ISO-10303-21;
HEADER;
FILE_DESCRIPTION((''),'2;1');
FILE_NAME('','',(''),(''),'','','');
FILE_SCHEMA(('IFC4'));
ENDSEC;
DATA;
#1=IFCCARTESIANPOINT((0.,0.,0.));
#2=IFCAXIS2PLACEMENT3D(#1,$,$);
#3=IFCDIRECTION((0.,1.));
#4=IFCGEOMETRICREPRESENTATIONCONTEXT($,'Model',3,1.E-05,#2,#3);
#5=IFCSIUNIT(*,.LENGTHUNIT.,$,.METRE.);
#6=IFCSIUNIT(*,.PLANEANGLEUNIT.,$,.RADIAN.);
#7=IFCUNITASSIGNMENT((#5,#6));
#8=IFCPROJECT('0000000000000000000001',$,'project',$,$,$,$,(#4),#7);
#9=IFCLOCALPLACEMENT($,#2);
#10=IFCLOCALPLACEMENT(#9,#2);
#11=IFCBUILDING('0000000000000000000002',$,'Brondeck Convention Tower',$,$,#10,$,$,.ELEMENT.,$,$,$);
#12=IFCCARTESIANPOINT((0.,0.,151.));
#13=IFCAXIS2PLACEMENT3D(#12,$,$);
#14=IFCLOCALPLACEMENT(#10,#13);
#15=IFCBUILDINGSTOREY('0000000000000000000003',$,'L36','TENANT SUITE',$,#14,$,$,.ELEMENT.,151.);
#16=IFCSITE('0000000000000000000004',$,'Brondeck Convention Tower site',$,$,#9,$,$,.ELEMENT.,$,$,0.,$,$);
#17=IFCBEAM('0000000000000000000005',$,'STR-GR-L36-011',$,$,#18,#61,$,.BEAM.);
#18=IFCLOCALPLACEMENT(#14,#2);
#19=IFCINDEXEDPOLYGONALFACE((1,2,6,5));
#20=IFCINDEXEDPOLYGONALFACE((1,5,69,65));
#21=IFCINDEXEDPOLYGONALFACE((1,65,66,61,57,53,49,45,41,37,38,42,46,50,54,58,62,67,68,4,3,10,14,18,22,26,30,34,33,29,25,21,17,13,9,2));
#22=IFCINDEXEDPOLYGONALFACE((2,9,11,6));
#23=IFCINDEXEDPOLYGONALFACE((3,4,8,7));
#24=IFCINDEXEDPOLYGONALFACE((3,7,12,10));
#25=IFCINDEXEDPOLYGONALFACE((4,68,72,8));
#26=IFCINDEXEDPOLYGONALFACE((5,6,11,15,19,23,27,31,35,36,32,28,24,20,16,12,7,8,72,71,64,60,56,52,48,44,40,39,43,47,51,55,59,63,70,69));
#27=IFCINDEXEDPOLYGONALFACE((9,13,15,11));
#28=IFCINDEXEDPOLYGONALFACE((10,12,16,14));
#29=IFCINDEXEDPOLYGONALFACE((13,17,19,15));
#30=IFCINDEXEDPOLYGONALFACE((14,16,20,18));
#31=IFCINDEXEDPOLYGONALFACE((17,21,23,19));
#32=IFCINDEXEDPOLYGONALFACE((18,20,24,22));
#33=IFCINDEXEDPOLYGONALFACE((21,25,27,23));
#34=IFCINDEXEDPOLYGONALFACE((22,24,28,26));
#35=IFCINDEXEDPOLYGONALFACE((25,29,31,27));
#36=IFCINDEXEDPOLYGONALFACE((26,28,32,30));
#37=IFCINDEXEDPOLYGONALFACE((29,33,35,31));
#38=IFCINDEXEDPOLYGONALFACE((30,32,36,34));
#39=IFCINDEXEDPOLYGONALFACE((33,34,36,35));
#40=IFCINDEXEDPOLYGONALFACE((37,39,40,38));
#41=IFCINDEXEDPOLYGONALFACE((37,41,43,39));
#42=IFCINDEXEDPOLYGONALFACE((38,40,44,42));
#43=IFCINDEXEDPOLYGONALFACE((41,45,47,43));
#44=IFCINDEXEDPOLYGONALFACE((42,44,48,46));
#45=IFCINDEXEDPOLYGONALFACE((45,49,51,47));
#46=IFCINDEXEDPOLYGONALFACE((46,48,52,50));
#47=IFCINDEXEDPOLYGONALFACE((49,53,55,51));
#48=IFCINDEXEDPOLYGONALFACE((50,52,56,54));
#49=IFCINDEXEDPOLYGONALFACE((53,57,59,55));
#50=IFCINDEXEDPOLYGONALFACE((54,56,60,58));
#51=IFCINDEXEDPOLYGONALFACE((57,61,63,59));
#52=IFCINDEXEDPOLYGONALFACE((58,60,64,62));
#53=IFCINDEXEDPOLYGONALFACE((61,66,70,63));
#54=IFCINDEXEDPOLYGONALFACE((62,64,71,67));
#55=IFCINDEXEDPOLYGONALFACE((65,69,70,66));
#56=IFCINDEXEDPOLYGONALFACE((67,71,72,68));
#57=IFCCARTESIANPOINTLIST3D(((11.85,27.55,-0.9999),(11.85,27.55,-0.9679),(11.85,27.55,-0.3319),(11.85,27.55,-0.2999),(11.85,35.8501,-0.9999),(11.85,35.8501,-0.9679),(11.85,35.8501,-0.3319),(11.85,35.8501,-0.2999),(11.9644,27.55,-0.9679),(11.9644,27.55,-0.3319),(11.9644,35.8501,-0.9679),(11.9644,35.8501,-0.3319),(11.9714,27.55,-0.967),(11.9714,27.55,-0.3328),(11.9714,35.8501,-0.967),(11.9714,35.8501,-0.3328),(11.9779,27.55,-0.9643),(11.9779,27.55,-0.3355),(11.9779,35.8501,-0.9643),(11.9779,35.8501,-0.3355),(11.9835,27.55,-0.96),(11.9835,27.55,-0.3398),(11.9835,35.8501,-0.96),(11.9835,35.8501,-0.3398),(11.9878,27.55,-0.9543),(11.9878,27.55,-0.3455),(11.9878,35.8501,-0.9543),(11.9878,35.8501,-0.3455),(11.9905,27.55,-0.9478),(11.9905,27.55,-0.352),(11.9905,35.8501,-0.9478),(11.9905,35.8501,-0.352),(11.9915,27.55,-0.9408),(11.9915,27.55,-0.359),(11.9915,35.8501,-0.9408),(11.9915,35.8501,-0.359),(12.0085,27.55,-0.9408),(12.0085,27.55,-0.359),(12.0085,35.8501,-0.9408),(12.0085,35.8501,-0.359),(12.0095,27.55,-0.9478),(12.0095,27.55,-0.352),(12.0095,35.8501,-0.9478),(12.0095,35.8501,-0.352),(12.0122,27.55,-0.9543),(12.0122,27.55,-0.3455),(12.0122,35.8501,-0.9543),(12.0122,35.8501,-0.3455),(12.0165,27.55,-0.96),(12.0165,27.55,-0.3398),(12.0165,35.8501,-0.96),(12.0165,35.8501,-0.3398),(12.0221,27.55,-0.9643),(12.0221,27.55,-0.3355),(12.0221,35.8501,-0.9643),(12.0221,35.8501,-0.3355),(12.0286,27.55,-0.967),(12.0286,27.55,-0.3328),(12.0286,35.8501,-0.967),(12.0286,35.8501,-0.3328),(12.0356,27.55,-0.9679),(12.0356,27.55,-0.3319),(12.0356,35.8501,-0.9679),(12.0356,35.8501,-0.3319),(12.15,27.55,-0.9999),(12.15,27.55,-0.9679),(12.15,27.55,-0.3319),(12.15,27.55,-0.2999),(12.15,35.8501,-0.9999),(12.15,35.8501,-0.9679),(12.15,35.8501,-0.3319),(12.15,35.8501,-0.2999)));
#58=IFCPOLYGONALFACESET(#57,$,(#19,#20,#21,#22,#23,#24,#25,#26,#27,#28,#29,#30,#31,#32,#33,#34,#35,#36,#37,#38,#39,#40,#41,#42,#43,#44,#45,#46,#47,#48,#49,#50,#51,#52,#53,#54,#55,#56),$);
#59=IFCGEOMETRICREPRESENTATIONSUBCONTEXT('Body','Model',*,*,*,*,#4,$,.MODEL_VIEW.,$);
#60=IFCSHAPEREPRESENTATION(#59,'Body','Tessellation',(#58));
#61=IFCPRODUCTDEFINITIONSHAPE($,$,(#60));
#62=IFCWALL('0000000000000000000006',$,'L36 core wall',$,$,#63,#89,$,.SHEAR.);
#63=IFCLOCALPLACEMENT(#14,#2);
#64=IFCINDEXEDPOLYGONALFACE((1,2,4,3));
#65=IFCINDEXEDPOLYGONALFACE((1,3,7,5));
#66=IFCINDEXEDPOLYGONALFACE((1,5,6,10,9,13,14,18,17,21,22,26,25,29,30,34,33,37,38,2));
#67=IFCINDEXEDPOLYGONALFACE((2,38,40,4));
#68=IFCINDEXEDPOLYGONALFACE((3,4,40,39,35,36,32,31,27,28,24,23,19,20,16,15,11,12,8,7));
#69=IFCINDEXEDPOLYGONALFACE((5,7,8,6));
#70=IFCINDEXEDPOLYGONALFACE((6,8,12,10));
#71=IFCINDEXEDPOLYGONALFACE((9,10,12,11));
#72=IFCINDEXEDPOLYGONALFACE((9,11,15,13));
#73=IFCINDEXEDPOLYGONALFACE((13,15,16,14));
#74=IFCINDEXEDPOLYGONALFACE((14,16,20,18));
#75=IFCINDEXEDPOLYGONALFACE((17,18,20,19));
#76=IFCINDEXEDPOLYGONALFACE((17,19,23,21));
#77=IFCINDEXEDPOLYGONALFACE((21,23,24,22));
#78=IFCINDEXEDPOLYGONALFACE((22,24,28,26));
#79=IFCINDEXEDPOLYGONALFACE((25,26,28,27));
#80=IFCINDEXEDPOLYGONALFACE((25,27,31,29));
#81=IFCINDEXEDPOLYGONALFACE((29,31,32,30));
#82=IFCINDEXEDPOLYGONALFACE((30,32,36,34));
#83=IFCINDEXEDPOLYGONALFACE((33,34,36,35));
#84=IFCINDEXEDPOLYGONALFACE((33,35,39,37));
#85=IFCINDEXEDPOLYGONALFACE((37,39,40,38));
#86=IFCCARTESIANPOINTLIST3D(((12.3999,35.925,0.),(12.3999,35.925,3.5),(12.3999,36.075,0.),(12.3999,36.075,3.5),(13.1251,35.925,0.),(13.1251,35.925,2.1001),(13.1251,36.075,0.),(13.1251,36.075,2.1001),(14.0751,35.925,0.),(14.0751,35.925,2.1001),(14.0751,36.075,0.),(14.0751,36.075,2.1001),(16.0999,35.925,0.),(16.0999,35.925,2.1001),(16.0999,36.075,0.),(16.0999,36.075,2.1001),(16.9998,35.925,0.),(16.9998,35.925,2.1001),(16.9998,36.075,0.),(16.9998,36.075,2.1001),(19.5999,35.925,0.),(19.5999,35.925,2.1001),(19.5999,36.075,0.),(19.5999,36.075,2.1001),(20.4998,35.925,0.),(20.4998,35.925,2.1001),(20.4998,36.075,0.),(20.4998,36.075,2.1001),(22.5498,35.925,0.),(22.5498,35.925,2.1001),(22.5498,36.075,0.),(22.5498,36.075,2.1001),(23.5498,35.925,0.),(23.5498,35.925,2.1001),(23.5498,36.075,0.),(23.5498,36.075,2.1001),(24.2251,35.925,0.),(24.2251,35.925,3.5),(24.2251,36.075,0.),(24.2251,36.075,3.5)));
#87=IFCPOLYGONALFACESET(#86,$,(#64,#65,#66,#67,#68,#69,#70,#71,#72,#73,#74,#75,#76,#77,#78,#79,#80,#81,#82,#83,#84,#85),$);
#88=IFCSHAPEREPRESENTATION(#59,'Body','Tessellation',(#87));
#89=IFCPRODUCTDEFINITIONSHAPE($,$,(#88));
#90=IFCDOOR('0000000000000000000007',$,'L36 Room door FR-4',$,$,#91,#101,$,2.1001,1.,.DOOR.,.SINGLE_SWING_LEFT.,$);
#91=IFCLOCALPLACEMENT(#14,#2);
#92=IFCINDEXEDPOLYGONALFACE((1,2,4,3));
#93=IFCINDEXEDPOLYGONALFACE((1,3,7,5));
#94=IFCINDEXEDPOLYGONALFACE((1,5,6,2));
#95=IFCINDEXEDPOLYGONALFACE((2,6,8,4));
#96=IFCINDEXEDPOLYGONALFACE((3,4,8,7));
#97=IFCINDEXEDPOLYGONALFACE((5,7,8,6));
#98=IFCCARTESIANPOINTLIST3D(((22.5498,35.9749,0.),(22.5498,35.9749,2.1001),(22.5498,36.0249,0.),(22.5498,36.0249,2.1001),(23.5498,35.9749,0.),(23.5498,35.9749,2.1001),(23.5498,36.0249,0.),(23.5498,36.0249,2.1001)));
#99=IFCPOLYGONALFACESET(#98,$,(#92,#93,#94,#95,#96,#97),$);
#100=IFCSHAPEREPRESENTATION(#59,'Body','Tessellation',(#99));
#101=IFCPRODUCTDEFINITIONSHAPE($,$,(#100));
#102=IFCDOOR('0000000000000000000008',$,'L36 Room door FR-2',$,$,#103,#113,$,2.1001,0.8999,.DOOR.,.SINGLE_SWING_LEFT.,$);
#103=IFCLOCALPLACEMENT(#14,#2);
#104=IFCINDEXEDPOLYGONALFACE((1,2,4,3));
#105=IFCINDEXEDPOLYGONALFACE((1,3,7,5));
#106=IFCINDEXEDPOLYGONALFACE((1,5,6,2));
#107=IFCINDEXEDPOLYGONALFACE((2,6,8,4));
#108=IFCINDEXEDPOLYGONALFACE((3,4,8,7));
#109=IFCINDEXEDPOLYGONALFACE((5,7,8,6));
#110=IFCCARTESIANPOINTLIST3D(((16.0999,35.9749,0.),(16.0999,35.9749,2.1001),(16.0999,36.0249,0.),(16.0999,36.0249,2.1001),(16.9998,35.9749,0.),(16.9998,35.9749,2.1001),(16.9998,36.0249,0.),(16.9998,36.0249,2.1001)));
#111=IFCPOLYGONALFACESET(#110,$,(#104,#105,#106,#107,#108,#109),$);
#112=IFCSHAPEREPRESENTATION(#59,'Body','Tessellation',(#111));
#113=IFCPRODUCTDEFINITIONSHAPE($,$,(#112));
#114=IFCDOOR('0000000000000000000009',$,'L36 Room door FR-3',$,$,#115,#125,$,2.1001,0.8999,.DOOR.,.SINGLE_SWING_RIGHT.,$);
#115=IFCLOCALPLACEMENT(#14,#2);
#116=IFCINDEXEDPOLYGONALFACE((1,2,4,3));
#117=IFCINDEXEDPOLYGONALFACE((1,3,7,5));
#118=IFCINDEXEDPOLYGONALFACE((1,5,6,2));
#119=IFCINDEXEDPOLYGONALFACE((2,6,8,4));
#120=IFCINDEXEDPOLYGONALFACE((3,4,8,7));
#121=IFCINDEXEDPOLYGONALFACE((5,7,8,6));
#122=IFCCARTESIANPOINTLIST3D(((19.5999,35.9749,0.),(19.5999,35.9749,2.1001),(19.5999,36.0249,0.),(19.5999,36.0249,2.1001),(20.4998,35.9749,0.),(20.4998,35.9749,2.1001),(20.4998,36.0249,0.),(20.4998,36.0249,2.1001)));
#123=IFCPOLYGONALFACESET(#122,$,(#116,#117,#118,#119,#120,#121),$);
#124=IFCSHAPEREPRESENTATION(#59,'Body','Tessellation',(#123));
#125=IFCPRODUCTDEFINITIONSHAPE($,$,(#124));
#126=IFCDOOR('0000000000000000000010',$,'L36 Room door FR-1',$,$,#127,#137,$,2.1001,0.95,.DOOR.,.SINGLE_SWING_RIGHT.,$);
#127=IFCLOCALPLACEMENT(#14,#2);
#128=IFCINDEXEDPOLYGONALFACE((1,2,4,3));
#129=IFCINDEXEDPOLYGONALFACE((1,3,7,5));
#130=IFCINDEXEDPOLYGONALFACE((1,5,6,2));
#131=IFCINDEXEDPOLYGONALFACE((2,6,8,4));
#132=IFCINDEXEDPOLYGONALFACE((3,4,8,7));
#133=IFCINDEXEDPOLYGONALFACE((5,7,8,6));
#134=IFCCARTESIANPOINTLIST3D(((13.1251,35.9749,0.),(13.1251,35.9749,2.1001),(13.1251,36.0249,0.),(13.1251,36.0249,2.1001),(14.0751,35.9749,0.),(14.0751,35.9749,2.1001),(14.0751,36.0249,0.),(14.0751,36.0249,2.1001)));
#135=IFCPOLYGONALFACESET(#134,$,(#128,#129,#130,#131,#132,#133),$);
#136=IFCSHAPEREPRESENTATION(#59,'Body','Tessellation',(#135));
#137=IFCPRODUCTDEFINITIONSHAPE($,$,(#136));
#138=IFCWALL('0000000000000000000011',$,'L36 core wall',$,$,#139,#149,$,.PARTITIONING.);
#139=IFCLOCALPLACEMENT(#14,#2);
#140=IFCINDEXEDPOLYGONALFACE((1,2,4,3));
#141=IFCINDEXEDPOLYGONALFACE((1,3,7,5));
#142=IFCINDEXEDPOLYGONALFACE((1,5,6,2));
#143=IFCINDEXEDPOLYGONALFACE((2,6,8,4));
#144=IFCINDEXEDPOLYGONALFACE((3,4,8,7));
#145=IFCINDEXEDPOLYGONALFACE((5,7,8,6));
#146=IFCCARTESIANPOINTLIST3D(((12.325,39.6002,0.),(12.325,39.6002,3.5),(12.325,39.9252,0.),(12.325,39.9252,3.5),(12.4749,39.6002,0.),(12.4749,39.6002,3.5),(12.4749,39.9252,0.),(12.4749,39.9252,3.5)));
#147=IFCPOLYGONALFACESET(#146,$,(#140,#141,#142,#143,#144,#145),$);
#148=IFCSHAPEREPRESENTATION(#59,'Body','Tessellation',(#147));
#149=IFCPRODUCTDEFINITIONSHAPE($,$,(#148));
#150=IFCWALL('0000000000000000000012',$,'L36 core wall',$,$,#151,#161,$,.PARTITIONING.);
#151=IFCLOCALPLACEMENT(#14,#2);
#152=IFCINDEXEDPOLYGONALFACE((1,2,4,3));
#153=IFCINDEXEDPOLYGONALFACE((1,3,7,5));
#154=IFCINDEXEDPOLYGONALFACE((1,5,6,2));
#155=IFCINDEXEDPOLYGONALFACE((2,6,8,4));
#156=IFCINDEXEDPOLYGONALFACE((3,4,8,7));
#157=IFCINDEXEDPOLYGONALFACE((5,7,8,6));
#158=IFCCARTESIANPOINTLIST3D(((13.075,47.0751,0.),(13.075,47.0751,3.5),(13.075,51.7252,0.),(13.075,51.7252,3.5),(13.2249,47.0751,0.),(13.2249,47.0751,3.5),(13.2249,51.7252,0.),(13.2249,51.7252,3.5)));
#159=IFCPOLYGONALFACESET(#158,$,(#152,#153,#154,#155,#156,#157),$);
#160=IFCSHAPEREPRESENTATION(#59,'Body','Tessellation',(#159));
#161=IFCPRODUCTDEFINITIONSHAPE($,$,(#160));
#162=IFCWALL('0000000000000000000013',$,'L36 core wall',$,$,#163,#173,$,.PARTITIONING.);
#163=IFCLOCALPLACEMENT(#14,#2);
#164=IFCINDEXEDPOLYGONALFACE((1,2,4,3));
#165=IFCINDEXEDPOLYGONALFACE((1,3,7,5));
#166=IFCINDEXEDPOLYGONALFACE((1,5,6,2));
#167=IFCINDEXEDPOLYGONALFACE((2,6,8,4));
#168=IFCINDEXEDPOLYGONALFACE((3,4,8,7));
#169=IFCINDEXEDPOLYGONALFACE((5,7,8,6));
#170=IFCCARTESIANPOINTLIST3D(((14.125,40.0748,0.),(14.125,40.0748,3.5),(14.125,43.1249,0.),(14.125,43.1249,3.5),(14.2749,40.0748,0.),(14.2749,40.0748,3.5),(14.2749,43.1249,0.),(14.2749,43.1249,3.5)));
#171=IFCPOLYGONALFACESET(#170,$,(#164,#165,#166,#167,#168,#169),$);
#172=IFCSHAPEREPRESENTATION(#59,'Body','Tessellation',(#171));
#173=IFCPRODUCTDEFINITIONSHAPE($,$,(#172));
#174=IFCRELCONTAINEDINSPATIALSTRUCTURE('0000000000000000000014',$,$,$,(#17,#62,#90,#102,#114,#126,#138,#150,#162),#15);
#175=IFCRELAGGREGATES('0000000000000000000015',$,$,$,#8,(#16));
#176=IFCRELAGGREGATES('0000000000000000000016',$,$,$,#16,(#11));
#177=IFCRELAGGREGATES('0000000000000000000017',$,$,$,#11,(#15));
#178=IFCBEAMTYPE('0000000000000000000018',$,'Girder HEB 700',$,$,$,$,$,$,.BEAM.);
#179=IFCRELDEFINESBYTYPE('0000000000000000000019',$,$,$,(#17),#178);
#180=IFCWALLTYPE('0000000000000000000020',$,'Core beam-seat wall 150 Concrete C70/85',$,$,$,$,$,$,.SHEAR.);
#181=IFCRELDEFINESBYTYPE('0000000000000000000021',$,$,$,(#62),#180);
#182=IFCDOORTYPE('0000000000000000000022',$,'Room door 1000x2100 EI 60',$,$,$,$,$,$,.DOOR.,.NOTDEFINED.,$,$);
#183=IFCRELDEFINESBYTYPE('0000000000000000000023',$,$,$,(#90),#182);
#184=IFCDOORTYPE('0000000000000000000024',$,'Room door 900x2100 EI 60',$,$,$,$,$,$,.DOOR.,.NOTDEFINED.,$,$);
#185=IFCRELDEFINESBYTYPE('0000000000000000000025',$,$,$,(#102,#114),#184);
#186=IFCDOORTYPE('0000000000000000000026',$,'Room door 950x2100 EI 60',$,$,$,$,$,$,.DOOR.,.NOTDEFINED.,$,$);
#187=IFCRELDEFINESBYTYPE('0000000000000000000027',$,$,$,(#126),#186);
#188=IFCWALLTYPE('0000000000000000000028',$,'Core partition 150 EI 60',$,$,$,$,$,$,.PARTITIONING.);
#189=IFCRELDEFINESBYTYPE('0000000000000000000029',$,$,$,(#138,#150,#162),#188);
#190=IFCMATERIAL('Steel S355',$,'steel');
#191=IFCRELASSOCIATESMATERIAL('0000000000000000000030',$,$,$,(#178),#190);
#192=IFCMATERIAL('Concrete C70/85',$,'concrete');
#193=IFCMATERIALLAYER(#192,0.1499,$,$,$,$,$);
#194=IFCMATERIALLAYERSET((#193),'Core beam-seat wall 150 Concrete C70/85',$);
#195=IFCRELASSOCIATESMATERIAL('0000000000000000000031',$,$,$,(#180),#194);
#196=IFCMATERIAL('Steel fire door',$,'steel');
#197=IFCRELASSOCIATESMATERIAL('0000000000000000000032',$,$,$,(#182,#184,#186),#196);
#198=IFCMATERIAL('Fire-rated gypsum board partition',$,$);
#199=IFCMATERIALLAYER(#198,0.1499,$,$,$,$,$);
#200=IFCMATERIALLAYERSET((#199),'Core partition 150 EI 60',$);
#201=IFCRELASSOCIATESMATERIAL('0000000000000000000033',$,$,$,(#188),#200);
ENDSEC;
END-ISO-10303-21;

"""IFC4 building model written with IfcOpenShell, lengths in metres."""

from ifc_helpers import new_model, si_unit, direction, frame, frame_2d, origin, origin_2d, place, context, subcontext, project, spatial, rectangle, i_section, extrude, material, layer, layer_set, material_profile, profile_set, type_object, element, fill, save


model = new_model("IFC4")

# Units and contexts
model_context = context("Model", 3, precision=1e-05, world=origin(), true_north=direction((0.0, 1.0)))
body_context = subcontext(model_context, "Body", "Model", "MODEL_VIEW")
ifc_project = project(units=[si_unit("LENGTHUNIT", "METRE"), si_unit("PLANEANGLEUNIT", "RADIAN")], contexts=[model_context])

# Site, building, storey
site_placement = place(None, origin())
site = spatial("IfcSite", under=ifc_project, at=site_placement, Name="Brondeck Convention Tower site", CompositionType="ELEMENT", RefElevation=0.0)
building_placement = place(site_placement, origin())
building = spatial("IfcBuilding", under=site, at=building_placement, Name="Brondeck Convention Tower", CompositionType="ELEMENT")
storey_placement = place(building_placement, frame((0.0, 0.0, 151.0)))
storey = spatial("IfcBuildingStorey", under=building, at=storey_placement, Name="L36", Description="TENANT SUITE", CompositionType="ELEMENT", Elevation=151.0)

# Beam
ifc_material_1 = material(Name="Steel S355", Category="steel")
ifc_material_profile = material_profile(ifc_material_1, i_section(OverallWidth=0.3, OverallDepth=0.7, WebThickness=0.0171, FlangeThickness=0.032, FilletRadius=0.0271, at=origin_2d()), Name="HEB 700")
ifc_profile_set = profile_set([ifc_material_profile], Name="Steel S355")
beam_type = type_object("IfcBeamType", Name="Girder HEB 700", PredefinedType="BEAM", material=ifc_profile_set)
beam_placement = place(storey_placement, frame((12.0, 35.8501, -0.6499), z_axis=(0.0, -1.0, 0.0), x_axis=(1.0, 0.0, 0.0)))
element("IfcBeam", 1, at=beam_placement, inside=storey, type_object=beam_type, Name="STR-GR-L36-011", PredefinedType="BEAM", context=body_context, shape_type="SweptSolid", body=[
    extrude(i_section(OverallWidth=0.3, OverallDepth=0.7, WebThickness=0.0171, FlangeThickness=0.032, FilletRadius=0.0271, at=origin_2d()), origin(), (0.0, 0.0, 1.0), 8.3),
])

# Wall, openings, doors
ifc_material_2 = material(Name="Concrete C70/85", Category="concrete")
ifc_layer_1 = layer(ifc_material_2, 0.1499)
ifc_layer_set_1 = layer_set([ifc_layer_1], Name="Core beam-seat wall 150 Concrete C70/85")
wall_type_1 = type_object("IfcWallType", Name="Core beam-seat wall 150 Concrete C70/85", PredefinedType="SHEAR", material=ifc_layer_set_1)
wall_1_placement = place(storey_placement, frame((12.3999, 36.0, 0.0), z_axis=(0.0, 0.0, 1.0), x_axis=(1.0, 0.0, 0.0)))
wall_1 = element("IfcWall", 2, at=wall_1_placement, inside=storey, type_object=wall_type_1, Name="L36 core wall", PredefinedType="SHEAR", context=body_context, shape_type="SweptSolid", body=[
    extrude(rectangle(XDim=11.8252, YDim=0.1499, at=frame_2d((5.9126, 0.0))), origin(), (0.0, 0.0, 1.0), 3.5),
])
opening_1_placement = place(wall_1_placement, frame((0.7251, 0.0, 0.0)))
opening_1 = element("IfcOpeningElement", 3, at=opening_1_placement, cuts=wall_1, PredefinedType="OPENING", context=body_context, shape_type="SweptSolid", body=[
    extrude(rectangle(XDim=0.95, YDim=2.1001, at=frame_2d((0.4751, 1.05))), frame((0.0, 0.085, 0.0), z_axis=(0.0, -1.0, 0.0), x_axis=(1.0, 0.0, 0.0)), (0.0, 0.0, 1.0), 0.1699),
])
opening_2_placement = place(wall_1_placement, frame((3.7, 0.0, 0.0)))
opening_2 = element("IfcOpeningElement", 4, at=opening_2_placement, cuts=wall_1, PredefinedType="OPENING", context=body_context, shape_type="SweptSolid", body=[
    extrude(rectangle(XDim=0.8999, YDim=2.1001, at=frame_2d((0.45, 1.05))), frame((0.0, 0.085, 0.0), z_axis=(0.0, -1.0, 0.0), x_axis=(1.0, 0.0, 0.0)), (0.0, 0.0, 1.0), 0.1699),
])
opening_3_placement = place(wall_1_placement, frame((7.2, 0.0, 0.0)))
opening_3 = element("IfcOpeningElement", 5, at=opening_3_placement, cuts=wall_1, PredefinedType="OPENING", context=body_context, shape_type="SweptSolid", body=[
    extrude(rectangle(XDim=0.8999, YDim=2.1001, at=frame_2d((0.45, 1.05))), frame((0.0, 0.085, 0.0), z_axis=(0.0, -1.0, 0.0), x_axis=(1.0, 0.0, 0.0)), (0.0, 0.0, 1.0), 0.1699),
])
opening_4_placement = place(wall_1_placement, frame((10.1499, 0.0, 0.0)))
opening_4 = element("IfcOpeningElement", 6, at=opening_4_placement, cuts=wall_1, PredefinedType="OPENING", context=body_context, shape_type="SweptSolid", body=[
    extrude(rectangle(XDim=1.0, YDim=2.1001, at=frame_2d((0.5, 1.05))), frame((0.0, 0.085, 0.0), z_axis=(0.0, -1.0, 0.0), x_axis=(1.0, 0.0, 0.0)), (0.0, 0.0, 1.0), 0.1699),
])
ifc_material_3 = material(Name="Steel fire door", Category="steel")
door_type_1 = type_object("IfcDoorType", Name="Room door 1000x2100 EI 60", OperationType="NOTDEFINED", PredefinedType="DOOR", material=ifc_material_3)
door_1_placement = place(opening_4_placement, origin())
door_1 = element("IfcDoor", 7, at=door_1_placement, inside=storey, type_object=door_type_1, Name="L36 Room door FR-4", OperationType="SINGLE_SWING_LEFT", OverallHeight=2.1001, OverallWidth=1.0, PredefinedType="DOOR", context=body_context, shape_type="SweptSolid", body=[
    extrude(rectangle(XDim=1.0, YDim=2.1001, at=frame_2d((0.5, 1.05))), frame((0.0, 0.0249, 0.0), z_axis=(0.0, -1.0, 0.0), x_axis=(1.0, 0.0, 0.0)), (0.0, 0.0, 1.0), 0.05),
])
fill(opening_4, door_1)
door_type_2 = type_object("IfcDoorType", Name="Room door 900x2100 EI 60", OperationType="NOTDEFINED", PredefinedType="DOOR", material=ifc_material_3)
door_2_placement = place(opening_2_placement, origin())
door_2 = element("IfcDoor", 8, at=door_2_placement, inside=storey, type_object=door_type_2, Name="L36 Room door FR-2", OperationType="SINGLE_SWING_LEFT", OverallHeight=2.1001, OverallWidth=0.8999, PredefinedType="DOOR", context=body_context, shape_type="SweptSolid", body=[
    extrude(rectangle(XDim=0.8999, YDim=2.1001, at=frame_2d((0.45, 1.05))), frame((0.0, 0.0249, 0.0), z_axis=(0.0, -1.0, 0.0), x_axis=(1.0, 0.0, 0.0)), (0.0, 0.0, 1.0), 0.05),
])
fill(opening_2, door_2)
door_3_placement = place(opening_3_placement, origin())
door_3 = element("IfcDoor", 9, at=door_3_placement, inside=storey, type_object=door_type_2, Name="L36 Room door FR-3", OperationType="SINGLE_SWING_RIGHT", OverallHeight=2.1001, OverallWidth=0.8999, PredefinedType="DOOR", context=body_context, shape_type="SweptSolid", body=[
    extrude(rectangle(XDim=0.8999, YDim=2.1001, at=frame_2d((0.45, 1.05))), frame((0.0, 0.0249, 0.0), z_axis=(0.0, -1.0, 0.0), x_axis=(1.0, 0.0, 0.0)), (0.0, 0.0, 1.0), 0.05),
])
fill(opening_3, door_3)
door_type_3 = type_object("IfcDoorType", Name="Room door 950x2100 EI 60", OperationType="NOTDEFINED", PredefinedType="DOOR", material=ifc_material_3)
door_4_placement = place(opening_1_placement, origin())
door_4 = element("IfcDoor", 10, at=door_4_placement, inside=storey, type_object=door_type_3, Name="L36 Room door FR-1", OperationType="SINGLE_SWING_RIGHT", OverallHeight=2.1001, OverallWidth=0.95, PredefinedType="DOOR", context=body_context, shape_type="SweptSolid", body=[
    extrude(rectangle(XDim=0.95, YDim=2.1001, at=frame_2d((0.4751, 1.05))), frame((0.0, 0.0249, 0.0), z_axis=(0.0, -1.0, 0.0), x_axis=(1.0, 0.0, 0.0)), (0.0, 0.0, 1.0), 0.05),
])
fill(opening_1, door_4)

# Walls
ifc_material_4 = material(Name="Fire-rated gypsum board partition")
ifc_layer_2 = layer(ifc_material_4, 0.1499)
ifc_layer_set_2 = layer_set([ifc_layer_2], Name="Core partition 150 EI 60")
wall_type_2 = type_object("IfcWallType", Name="Core partition 150 EI 60", PredefinedType="PARTITIONING", material=ifc_layer_set_2)
wall_2_placement = place(storey_placement, frame((12.3999, 39.6001, 0.0), z_axis=(0.0, 0.0, 1.0), x_axis=(0.0, 1.0, 0.0)))
element("IfcWall", 11, at=wall_2_placement, inside=storey, type_object=wall_type_2, Name="L36 core wall", PredefinedType="PARTITIONING", context=body_context, shape_type="SweptSolid", body=[
    extrude(rectangle(XDim=0.325, YDim=0.1499, at=frame_2d((0.1626, 0.0))), origin(), (0.0, 0.0, 1.0), 3.5),
])
wall_3_placement = place(storey_placement, frame((13.1499, 47.075, 0.0), z_axis=(0.0, 0.0, 1.0), x_axis=(0.0, 1.0, 0.0)))
element("IfcWall", 12, at=wall_3_placement, inside=storey, type_object=wall_type_2, Name="L36 core wall", PredefinedType="PARTITIONING", context=body_context, shape_type="SweptSolid", body=[
    extrude(rectangle(XDim=4.6501, YDim=0.1499, at=frame_2d((2.3252, 0.0))), origin(), (0.0, 0.0, 1.0), 3.5),
])
wall_4_placement = place(storey_placement, frame((14.2, 40.075, 0.0), z_axis=(0.0, 0.0, 1.0), x_axis=(0.0, 1.0, 0.0)))
element("IfcWall", 13, at=wall_4_placement, inside=storey, type_object=wall_type_2, Name="L36 core wall", PredefinedType="PARTITIONING", context=body_context, shape_type="SweptSolid", body=[
    extrude(rectangle(XDim=3.05, YDim=0.1499, at=frame_2d((1.5249, 0.0))), origin(), (0.0, 0.0, 1.0), 3.5),
])

save(model, "model.ifc")
